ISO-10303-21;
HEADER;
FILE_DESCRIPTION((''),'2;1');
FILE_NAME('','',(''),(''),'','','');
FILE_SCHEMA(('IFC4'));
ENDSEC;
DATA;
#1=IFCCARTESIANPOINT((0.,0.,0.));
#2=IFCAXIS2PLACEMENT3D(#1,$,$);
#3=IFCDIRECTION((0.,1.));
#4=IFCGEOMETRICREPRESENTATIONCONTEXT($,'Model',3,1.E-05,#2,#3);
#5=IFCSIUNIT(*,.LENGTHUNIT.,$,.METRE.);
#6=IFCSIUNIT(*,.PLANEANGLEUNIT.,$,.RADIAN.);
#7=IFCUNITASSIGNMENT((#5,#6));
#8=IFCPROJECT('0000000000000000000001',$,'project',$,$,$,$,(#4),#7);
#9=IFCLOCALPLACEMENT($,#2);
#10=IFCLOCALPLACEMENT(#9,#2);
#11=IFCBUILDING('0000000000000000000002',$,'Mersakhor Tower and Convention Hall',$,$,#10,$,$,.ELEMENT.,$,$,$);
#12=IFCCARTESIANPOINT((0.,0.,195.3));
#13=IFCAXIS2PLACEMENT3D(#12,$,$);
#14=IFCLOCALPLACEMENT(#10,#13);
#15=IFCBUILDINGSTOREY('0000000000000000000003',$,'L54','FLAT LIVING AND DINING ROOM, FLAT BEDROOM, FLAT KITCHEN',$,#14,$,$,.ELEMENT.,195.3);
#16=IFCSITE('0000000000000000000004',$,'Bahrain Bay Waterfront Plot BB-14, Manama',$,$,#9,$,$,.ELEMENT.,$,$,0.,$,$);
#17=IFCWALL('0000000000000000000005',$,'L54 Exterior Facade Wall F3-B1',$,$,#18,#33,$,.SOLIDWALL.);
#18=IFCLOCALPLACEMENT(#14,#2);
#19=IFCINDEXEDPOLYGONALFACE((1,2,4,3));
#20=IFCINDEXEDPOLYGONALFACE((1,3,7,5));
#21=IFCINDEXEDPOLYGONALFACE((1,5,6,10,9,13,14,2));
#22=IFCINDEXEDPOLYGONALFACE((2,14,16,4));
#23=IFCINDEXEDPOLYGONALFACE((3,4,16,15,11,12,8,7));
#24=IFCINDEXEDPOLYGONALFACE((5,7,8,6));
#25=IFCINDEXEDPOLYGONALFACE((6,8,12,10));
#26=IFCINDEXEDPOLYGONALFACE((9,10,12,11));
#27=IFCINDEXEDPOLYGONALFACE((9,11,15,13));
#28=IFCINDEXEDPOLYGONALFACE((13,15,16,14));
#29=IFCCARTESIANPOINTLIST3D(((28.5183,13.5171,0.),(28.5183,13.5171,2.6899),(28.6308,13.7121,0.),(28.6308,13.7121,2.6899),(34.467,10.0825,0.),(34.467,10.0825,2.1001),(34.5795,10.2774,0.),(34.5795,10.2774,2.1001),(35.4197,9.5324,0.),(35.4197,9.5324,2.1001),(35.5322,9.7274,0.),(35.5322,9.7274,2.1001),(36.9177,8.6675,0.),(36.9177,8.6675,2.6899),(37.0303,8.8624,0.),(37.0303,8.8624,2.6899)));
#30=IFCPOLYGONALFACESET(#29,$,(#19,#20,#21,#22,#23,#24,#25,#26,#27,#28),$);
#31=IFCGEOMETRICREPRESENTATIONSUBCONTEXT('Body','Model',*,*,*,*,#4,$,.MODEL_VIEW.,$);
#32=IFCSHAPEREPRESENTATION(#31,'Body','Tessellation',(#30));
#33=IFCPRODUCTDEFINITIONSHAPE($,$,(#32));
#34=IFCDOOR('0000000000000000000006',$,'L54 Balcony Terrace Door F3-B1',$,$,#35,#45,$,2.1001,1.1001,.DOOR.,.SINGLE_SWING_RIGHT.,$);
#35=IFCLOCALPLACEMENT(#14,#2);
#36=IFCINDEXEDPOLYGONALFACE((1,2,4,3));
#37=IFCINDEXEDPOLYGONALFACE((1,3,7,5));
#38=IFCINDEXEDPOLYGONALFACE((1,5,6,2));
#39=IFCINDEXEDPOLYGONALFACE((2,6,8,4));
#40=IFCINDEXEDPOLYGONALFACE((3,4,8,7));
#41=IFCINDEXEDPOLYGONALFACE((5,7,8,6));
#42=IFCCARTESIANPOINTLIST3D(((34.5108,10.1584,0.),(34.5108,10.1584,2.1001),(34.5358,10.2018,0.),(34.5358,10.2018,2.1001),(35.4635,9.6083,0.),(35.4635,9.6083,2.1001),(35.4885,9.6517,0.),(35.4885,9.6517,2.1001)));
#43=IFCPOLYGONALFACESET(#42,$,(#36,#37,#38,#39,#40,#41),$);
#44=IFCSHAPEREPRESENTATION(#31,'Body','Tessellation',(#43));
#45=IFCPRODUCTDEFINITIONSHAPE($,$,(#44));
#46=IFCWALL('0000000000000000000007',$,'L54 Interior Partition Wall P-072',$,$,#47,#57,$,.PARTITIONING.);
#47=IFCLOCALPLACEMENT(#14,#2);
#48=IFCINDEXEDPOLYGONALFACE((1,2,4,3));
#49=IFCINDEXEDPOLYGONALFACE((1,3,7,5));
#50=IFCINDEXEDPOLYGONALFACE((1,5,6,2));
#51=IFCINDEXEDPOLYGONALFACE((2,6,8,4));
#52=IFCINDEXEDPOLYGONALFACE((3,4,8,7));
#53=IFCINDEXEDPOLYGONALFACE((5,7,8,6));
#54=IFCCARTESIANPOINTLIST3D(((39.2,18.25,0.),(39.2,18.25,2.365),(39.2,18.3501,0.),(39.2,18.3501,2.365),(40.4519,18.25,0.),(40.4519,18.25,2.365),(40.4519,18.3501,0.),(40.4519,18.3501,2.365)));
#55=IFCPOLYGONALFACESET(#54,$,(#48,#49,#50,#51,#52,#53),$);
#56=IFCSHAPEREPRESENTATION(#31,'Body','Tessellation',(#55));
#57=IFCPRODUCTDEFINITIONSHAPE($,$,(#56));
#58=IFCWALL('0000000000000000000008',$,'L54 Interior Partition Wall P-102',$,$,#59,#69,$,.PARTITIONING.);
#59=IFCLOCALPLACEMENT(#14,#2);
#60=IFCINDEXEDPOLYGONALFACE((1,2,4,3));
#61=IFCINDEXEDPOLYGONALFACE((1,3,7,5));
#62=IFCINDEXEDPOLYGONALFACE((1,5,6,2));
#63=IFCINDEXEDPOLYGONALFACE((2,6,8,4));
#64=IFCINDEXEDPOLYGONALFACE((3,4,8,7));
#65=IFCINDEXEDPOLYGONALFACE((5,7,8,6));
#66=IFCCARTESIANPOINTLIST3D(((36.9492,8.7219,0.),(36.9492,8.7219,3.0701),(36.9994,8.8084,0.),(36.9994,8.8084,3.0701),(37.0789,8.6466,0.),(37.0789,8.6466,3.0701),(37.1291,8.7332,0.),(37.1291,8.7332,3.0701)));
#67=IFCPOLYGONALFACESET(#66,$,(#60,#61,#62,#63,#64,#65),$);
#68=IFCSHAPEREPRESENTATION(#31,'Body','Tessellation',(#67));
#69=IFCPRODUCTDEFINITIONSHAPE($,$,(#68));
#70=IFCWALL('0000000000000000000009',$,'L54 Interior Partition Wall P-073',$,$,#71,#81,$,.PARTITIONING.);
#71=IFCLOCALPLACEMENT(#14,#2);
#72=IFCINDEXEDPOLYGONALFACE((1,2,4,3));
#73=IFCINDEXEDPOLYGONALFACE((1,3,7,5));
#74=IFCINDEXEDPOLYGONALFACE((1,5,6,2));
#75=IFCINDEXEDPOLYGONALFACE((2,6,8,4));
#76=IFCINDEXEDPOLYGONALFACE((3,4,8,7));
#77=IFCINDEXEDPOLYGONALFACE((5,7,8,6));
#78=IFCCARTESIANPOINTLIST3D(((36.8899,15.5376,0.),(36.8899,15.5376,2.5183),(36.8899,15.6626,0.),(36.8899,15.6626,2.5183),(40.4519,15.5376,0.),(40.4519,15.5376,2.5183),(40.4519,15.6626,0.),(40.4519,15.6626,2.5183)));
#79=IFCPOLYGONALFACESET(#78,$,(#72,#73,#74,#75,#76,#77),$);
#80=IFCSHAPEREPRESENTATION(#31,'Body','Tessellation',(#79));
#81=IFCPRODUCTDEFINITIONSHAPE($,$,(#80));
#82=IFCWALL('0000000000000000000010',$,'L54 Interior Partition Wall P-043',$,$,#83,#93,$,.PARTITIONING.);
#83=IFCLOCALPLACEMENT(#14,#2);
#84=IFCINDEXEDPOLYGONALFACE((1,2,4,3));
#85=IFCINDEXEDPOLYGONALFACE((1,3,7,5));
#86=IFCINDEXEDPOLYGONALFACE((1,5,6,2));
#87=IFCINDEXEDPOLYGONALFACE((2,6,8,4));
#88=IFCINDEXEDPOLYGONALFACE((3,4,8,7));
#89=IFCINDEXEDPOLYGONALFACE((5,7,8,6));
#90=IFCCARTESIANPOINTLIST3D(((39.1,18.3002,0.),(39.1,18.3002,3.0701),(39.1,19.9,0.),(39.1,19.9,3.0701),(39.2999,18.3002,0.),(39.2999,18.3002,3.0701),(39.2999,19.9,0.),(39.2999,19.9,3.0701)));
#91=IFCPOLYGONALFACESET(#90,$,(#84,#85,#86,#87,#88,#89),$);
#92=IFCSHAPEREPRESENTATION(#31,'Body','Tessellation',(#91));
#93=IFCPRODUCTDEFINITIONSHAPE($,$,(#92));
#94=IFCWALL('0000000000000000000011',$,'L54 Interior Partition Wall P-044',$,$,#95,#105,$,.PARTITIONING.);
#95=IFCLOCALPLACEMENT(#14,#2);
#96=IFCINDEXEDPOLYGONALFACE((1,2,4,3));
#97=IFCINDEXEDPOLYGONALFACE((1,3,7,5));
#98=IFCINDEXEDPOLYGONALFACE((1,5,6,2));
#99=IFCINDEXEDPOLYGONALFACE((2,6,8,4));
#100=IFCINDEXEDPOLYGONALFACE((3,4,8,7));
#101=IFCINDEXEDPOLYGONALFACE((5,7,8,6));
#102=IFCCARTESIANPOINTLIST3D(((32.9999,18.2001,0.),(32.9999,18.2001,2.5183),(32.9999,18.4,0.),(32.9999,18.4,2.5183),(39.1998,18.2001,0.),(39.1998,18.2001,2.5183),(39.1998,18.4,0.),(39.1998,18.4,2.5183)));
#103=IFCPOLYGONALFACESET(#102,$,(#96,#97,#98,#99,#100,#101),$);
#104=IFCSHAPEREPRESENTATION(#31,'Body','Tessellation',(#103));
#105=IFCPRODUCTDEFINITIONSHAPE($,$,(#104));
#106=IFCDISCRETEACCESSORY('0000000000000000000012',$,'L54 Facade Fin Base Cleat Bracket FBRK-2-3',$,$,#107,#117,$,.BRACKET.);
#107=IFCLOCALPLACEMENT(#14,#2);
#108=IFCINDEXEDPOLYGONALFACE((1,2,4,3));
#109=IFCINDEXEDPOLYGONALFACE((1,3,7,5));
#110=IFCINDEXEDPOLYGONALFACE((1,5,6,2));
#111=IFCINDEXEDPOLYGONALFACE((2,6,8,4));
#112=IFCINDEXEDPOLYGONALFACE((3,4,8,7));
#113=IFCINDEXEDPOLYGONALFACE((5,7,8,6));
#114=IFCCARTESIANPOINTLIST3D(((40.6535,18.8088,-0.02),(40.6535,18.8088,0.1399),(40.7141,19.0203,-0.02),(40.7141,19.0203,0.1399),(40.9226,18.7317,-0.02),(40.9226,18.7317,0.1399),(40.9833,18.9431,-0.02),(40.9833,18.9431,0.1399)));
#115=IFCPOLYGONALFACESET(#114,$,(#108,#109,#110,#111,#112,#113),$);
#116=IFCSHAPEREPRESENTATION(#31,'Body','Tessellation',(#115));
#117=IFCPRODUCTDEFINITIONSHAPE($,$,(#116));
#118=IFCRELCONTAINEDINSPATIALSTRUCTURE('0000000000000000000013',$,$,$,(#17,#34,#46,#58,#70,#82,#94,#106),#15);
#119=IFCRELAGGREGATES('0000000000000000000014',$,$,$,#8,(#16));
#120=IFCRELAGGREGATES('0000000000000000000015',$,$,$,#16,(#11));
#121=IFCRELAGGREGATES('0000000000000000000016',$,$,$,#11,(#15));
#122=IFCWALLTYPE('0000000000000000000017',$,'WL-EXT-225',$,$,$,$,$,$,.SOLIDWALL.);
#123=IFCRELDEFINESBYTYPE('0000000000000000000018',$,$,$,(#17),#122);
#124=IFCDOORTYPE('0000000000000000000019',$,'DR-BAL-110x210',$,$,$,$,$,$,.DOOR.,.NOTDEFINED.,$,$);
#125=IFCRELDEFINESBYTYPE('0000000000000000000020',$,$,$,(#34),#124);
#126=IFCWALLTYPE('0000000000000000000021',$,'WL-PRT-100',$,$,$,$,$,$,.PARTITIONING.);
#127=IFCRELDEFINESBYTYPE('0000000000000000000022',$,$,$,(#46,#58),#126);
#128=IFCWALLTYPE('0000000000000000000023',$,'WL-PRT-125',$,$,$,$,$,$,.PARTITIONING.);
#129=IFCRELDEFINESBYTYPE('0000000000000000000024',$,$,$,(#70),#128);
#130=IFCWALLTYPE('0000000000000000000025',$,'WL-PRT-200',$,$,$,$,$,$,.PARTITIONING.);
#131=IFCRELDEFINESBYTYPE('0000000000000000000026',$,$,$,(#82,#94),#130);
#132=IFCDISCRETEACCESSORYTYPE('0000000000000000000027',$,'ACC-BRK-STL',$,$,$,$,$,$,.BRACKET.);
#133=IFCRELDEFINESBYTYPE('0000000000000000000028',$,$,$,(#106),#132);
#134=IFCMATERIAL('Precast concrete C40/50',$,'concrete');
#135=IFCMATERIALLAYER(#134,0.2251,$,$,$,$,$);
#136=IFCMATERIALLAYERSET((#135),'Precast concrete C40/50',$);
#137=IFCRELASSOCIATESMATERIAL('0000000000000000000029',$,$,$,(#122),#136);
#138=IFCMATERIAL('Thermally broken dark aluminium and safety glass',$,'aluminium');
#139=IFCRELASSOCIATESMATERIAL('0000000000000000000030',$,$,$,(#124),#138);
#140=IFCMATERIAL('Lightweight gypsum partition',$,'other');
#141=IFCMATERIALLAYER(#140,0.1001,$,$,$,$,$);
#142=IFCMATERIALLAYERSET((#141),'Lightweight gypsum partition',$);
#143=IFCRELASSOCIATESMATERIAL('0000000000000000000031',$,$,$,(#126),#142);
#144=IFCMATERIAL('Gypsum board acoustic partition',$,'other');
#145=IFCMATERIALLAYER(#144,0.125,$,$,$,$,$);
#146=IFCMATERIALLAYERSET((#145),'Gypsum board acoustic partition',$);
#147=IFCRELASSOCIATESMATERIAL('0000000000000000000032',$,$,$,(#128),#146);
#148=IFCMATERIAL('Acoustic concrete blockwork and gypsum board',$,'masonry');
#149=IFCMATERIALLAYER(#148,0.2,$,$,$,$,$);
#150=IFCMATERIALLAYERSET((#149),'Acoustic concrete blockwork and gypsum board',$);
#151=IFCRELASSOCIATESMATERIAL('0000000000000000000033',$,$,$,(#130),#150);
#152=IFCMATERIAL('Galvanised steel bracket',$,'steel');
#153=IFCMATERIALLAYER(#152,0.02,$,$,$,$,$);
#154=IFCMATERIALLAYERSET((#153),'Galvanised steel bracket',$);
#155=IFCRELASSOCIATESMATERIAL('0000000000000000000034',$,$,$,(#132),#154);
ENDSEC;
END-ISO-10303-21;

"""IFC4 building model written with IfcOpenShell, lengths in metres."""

from ifc_helpers import new_model, si_unit, direction, frame, frame_2d, origin, origin_2d, place, context, subcontext, project, spatial, rectangle, extrude, material, layer, layer_set, type_object, element, fill, save


model = new_model("IFC4")

# Units and contexts
model_context = context("Model", 3, precision=1e-05, world=origin(), true_north=direction((0.0, 1.0)))
body_context = subcontext(model_context, "Body", "Model", "MODEL_VIEW")
ifc_project = project(units=[si_unit("LENGTHUNIT", "METRE"), si_unit("PLANEANGLEUNIT", "RADIAN")], contexts=[model_context])

# Site, building, storey
site_placement = place(None, origin())
site = spatial("IfcSite", under=ifc_project, at=site_placement, Name="Bahrain Bay Waterfront Plot BB-14, Manama", CompositionType="ELEMENT", RefElevation=0.0)
building_placement = place(site_placement, origin())
building = spatial("IfcBuilding", under=site, at=building_placement, Name="Mersakhor Tower and Convention Hall", CompositionType="ELEMENT")
storey_placement = place(building_placement, frame((0.0, 0.0, 195.3)))
storey = spatial("IfcBuildingStorey", under=building, at=storey_placement, Name="L54", Description="FLAT LIVING AND DINING ROOM, FLAT BEDROOM, FLAT KITCHEN", CompositionType="ELEMENT", Elevation=195.3)

# Shared definitions
ifc_material_1 = material(Name="Precast concrete C40/50", Category="concrete")
ifc_layer_1 = layer(ifc_material_1, 0.2251)
ifc_layer_set_1 = layer_set([ifc_layer_1], Name="Precast concrete C40/50")
wall_type_1 = type_object("IfcWallType", Name="WL-EXT-225", PredefinedType="SOLIDWALL", material=ifc_layer_set_1)

# Wall, opening, door
wall_1_placement = place(storey_placement, frame((36.9741, 8.7649, 0.0), z_axis=(0.0, 0.0, 1.0), x_axis=(-0.866016, 0.500016, 0.0)))
wall_1 = element("IfcWall", 1, at=wall_1_placement, inside=storey, type_object=wall_type_1, Name="L54 Exterior Facade Wall F3-B1", PredefinedType="SOLIDWALL", context=body_context, shape_type="SweptSolid", body=[
    extrude(rectangle(XDim=9.699, YDim=0.2251, at=frame_2d((4.8496, 0.0))), origin(), (0.0, 0.0, 1.0), 2.6899),
])
opening_placement = place(wall_1_placement, frame((1.73, 0.0, 0.0)))
opening = element("IfcOpeningElement", 2, at=opening_placement, cuts=wall_1, PredefinedType="OPENING", context=body_context, shape_type="SweptSolid", body=[
    extrude(rectangle(XDim=1.1001, YDim=2.1001, at=frame_2d((0.55, 1.05))), frame((0.0, 0.1226, 0.0), z_axis=(0.0, -1.0, 0.0), x_axis=(1.0, 0.0, 0.0)), (0.0, 0.0, 1.0), 0.2451),
])
ifc_material_2 = material(Name="Thermally broken dark aluminium and safety glass", Category="aluminium")
door_type = type_object("IfcDoorType", Name="DR-BAL-110x210", OperationType="NOTDEFINED", PredefinedType="DOOR", material=ifc_material_2)
door_placement = place(opening_placement, origin())
door = element("IfcDoor", 3, at=door_placement, inside=storey, type_object=door_type, Name="L54 Balcony Terrace Door F3-B1", OperationType="SINGLE_SWING_RIGHT", OverallHeight=2.1001, OverallWidth=1.1001, PredefinedType="DOOR", context=body_context, shape_type="SweptSolid", body=[
    extrude(rectangle(XDim=1.1001, YDim=2.1001, at=frame_2d((0.55, 1.05))), frame((0.0, 0.0249, 0.0), z_axis=(0.0, -1.0, 0.0), x_axis=(1.0, 0.0, 0.0)), (0.0, 0.0, 1.0), 0.05),
])
fill(opening, door)

# Walls
ifc_material_3 = material(Name="Lightweight gypsum partition", Category="other")
ifc_layer_2 = layer(ifc_material_3, 0.1001)
ifc_layer_set_2 = layer_set([ifc_layer_2], Name="Lightweight gypsum partition")
wall_type_2 = type_object("IfcWallType", Name="WL-PRT-100", PredefinedType="PARTITIONING", material=ifc_layer_set_2)
wall_2_placement = place(storey_placement, frame((39.2, 18.3, 0.0), z_axis=(0.0, 0.0, 1.0), x_axis=(1.0, 0.0, 0.0)))
element("IfcWall", 4, at=wall_2_placement, inside=storey, type_object=wall_type_2, Name="L54 Interior Partition Wall P-072", PredefinedType="PARTITIONING", context=body_context, shape_type="SweptSolid", body=[
    extrude(rectangle(XDim=1.252, YDim=0.1001, at=frame_2d((0.626, 0.0))), origin(), (0.0, 0.0, 1.0), 2.365),
])
wall_3_placement = place(storey_placement, frame((37.104, 8.6899, 0.0), z_axis=(0.0, 0.0, 1.0), x_axis=(-0.865017, 0.501742, 0.0)))
element("IfcWall", 5, at=wall_3_placement, inside=storey, type_object=wall_type_2, Name="L54 Interior Partition Wall P-102", PredefinedType="PARTITIONING", context=body_context, shape_type="SweptSolid", body=[
    extrude(rectangle(XDim=0.1499, YDim=0.1001, at=frame_2d((0.075, 0.0))), origin(), (0.0, 0.0, 1.0), 3.0701),
])
ifc_material_4 = material(Name="Gypsum board acoustic partition", Category="other")
ifc_layer_3 = layer(ifc_material_4, 0.125)
ifc_layer_set_3 = layer_set([ifc_layer_3], Name="Gypsum board acoustic partition")
wall_type_3 = type_object("IfcWallType", Name="WL-PRT-125", PredefinedType="PARTITIONING", material=ifc_layer_set_3)
wall_4_placement = place(storey_placement, frame((40.4519, 15.6001, 0.0), z_axis=(0.0, 0.0, 1.0), x_axis=(-1.0, 0.0, 0.0)))
element("IfcWall", 6, at=wall_4_placement, inside=storey, type_object=wall_type_3, Name="L54 Interior Partition Wall P-073", PredefinedType="PARTITIONING", context=body_context, shape_type="SweptSolid", body=[
    extrude(rectangle(XDim=3.562, YDim=0.125, at=frame_2d((1.781, 0.0))), origin(), (0.0, 0.0, 1.0), 2.5183),
])
ifc_material_5 = material(Name="Acoustic concrete blockwork and gypsum board", Category="masonry")
ifc_layer_4 = layer(ifc_material_5, 0.2)
ifc_layer_set_4 = layer_set([ifc_layer_4], Name="Acoustic concrete blockwork and gypsum board")
wall_type_4 = type_object("IfcWallType", Name="WL-PRT-200", PredefinedType="PARTITIONING", material=ifc_layer_set_4)
wall_5_placement = place(storey_placement, frame((39.2, 19.8999, 0.0), z_axis=(0.0, 0.0, 1.0), x_axis=(0.0, -1.0, 0.0)))
element("IfcWall", 7, at=wall_5_placement, inside=storey, type_object=wall_type_4, Name="L54 Interior Partition Wall P-043", PredefinedType="PARTITIONING", context=body_context, shape_type="SweptSolid", body=[
    extrude(rectangle(XDim=1.5999, YDim=0.2, at=frame_2d((0.7998, 0.0))), origin(), (0.0, 0.0, 1.0), 3.0701),
])
wall_6_placement = place(storey_placement, frame((39.2, 18.3, 0.0), z_axis=(0.0, 0.0, 1.0), x_axis=(-1.0, 0.0, 0.0)))
element("IfcWall", 8, at=wall_6_placement, inside=storey, type_object=wall_type_4, Name="L54 Interior Partition Wall P-044", PredefinedType="PARTITIONING", context=body_context, shape_type="SweptSolid", body=[
    extrude(rectangle(XDim=6.2, YDim=0.2, at=frame_2d((3.1001, 0.0))), origin(), (0.0, 0.0, 1.0), 2.5183),
])

# Discrete accessory
ifc_material_6 = material(Name="Galvanised steel bracket", Category="steel")
ifc_layer_5 = layer(ifc_material_6, 0.02)
ifc_layer_set_5 = layer_set([ifc_layer_5], Name="Galvanised steel bracket")
discrete_accessory_type = type_object("IfcDiscreteAccessoryType", Name="ACC-BRK-STL", PredefinedType="BRACKET", material=ifc_layer_set_5)
discrete_accessory_placement = place(storey_placement, frame((40.8184, 18.876, -0.02), z_axis=(0.0, 0.0, 1.0), x_axis=(0.961262, -0.275637, 0.0)))
element("IfcDiscreteAccessory", 9, at=discrete_accessory_placement, inside=storey, type_object=discrete_accessory_type, Name="L54 Facade Fin Base Cleat Bracket FBRK-2-3", PredefinedType="BRACKET", context=body_context, shape_type="SweptSolid", body=[
    extrude(rectangle(XDim=0.28, YDim=0.22, at=origin_2d()), origin(), (0.0, 0.0, 1.0), 0.1599),
])

save(model, "model.ifc")
